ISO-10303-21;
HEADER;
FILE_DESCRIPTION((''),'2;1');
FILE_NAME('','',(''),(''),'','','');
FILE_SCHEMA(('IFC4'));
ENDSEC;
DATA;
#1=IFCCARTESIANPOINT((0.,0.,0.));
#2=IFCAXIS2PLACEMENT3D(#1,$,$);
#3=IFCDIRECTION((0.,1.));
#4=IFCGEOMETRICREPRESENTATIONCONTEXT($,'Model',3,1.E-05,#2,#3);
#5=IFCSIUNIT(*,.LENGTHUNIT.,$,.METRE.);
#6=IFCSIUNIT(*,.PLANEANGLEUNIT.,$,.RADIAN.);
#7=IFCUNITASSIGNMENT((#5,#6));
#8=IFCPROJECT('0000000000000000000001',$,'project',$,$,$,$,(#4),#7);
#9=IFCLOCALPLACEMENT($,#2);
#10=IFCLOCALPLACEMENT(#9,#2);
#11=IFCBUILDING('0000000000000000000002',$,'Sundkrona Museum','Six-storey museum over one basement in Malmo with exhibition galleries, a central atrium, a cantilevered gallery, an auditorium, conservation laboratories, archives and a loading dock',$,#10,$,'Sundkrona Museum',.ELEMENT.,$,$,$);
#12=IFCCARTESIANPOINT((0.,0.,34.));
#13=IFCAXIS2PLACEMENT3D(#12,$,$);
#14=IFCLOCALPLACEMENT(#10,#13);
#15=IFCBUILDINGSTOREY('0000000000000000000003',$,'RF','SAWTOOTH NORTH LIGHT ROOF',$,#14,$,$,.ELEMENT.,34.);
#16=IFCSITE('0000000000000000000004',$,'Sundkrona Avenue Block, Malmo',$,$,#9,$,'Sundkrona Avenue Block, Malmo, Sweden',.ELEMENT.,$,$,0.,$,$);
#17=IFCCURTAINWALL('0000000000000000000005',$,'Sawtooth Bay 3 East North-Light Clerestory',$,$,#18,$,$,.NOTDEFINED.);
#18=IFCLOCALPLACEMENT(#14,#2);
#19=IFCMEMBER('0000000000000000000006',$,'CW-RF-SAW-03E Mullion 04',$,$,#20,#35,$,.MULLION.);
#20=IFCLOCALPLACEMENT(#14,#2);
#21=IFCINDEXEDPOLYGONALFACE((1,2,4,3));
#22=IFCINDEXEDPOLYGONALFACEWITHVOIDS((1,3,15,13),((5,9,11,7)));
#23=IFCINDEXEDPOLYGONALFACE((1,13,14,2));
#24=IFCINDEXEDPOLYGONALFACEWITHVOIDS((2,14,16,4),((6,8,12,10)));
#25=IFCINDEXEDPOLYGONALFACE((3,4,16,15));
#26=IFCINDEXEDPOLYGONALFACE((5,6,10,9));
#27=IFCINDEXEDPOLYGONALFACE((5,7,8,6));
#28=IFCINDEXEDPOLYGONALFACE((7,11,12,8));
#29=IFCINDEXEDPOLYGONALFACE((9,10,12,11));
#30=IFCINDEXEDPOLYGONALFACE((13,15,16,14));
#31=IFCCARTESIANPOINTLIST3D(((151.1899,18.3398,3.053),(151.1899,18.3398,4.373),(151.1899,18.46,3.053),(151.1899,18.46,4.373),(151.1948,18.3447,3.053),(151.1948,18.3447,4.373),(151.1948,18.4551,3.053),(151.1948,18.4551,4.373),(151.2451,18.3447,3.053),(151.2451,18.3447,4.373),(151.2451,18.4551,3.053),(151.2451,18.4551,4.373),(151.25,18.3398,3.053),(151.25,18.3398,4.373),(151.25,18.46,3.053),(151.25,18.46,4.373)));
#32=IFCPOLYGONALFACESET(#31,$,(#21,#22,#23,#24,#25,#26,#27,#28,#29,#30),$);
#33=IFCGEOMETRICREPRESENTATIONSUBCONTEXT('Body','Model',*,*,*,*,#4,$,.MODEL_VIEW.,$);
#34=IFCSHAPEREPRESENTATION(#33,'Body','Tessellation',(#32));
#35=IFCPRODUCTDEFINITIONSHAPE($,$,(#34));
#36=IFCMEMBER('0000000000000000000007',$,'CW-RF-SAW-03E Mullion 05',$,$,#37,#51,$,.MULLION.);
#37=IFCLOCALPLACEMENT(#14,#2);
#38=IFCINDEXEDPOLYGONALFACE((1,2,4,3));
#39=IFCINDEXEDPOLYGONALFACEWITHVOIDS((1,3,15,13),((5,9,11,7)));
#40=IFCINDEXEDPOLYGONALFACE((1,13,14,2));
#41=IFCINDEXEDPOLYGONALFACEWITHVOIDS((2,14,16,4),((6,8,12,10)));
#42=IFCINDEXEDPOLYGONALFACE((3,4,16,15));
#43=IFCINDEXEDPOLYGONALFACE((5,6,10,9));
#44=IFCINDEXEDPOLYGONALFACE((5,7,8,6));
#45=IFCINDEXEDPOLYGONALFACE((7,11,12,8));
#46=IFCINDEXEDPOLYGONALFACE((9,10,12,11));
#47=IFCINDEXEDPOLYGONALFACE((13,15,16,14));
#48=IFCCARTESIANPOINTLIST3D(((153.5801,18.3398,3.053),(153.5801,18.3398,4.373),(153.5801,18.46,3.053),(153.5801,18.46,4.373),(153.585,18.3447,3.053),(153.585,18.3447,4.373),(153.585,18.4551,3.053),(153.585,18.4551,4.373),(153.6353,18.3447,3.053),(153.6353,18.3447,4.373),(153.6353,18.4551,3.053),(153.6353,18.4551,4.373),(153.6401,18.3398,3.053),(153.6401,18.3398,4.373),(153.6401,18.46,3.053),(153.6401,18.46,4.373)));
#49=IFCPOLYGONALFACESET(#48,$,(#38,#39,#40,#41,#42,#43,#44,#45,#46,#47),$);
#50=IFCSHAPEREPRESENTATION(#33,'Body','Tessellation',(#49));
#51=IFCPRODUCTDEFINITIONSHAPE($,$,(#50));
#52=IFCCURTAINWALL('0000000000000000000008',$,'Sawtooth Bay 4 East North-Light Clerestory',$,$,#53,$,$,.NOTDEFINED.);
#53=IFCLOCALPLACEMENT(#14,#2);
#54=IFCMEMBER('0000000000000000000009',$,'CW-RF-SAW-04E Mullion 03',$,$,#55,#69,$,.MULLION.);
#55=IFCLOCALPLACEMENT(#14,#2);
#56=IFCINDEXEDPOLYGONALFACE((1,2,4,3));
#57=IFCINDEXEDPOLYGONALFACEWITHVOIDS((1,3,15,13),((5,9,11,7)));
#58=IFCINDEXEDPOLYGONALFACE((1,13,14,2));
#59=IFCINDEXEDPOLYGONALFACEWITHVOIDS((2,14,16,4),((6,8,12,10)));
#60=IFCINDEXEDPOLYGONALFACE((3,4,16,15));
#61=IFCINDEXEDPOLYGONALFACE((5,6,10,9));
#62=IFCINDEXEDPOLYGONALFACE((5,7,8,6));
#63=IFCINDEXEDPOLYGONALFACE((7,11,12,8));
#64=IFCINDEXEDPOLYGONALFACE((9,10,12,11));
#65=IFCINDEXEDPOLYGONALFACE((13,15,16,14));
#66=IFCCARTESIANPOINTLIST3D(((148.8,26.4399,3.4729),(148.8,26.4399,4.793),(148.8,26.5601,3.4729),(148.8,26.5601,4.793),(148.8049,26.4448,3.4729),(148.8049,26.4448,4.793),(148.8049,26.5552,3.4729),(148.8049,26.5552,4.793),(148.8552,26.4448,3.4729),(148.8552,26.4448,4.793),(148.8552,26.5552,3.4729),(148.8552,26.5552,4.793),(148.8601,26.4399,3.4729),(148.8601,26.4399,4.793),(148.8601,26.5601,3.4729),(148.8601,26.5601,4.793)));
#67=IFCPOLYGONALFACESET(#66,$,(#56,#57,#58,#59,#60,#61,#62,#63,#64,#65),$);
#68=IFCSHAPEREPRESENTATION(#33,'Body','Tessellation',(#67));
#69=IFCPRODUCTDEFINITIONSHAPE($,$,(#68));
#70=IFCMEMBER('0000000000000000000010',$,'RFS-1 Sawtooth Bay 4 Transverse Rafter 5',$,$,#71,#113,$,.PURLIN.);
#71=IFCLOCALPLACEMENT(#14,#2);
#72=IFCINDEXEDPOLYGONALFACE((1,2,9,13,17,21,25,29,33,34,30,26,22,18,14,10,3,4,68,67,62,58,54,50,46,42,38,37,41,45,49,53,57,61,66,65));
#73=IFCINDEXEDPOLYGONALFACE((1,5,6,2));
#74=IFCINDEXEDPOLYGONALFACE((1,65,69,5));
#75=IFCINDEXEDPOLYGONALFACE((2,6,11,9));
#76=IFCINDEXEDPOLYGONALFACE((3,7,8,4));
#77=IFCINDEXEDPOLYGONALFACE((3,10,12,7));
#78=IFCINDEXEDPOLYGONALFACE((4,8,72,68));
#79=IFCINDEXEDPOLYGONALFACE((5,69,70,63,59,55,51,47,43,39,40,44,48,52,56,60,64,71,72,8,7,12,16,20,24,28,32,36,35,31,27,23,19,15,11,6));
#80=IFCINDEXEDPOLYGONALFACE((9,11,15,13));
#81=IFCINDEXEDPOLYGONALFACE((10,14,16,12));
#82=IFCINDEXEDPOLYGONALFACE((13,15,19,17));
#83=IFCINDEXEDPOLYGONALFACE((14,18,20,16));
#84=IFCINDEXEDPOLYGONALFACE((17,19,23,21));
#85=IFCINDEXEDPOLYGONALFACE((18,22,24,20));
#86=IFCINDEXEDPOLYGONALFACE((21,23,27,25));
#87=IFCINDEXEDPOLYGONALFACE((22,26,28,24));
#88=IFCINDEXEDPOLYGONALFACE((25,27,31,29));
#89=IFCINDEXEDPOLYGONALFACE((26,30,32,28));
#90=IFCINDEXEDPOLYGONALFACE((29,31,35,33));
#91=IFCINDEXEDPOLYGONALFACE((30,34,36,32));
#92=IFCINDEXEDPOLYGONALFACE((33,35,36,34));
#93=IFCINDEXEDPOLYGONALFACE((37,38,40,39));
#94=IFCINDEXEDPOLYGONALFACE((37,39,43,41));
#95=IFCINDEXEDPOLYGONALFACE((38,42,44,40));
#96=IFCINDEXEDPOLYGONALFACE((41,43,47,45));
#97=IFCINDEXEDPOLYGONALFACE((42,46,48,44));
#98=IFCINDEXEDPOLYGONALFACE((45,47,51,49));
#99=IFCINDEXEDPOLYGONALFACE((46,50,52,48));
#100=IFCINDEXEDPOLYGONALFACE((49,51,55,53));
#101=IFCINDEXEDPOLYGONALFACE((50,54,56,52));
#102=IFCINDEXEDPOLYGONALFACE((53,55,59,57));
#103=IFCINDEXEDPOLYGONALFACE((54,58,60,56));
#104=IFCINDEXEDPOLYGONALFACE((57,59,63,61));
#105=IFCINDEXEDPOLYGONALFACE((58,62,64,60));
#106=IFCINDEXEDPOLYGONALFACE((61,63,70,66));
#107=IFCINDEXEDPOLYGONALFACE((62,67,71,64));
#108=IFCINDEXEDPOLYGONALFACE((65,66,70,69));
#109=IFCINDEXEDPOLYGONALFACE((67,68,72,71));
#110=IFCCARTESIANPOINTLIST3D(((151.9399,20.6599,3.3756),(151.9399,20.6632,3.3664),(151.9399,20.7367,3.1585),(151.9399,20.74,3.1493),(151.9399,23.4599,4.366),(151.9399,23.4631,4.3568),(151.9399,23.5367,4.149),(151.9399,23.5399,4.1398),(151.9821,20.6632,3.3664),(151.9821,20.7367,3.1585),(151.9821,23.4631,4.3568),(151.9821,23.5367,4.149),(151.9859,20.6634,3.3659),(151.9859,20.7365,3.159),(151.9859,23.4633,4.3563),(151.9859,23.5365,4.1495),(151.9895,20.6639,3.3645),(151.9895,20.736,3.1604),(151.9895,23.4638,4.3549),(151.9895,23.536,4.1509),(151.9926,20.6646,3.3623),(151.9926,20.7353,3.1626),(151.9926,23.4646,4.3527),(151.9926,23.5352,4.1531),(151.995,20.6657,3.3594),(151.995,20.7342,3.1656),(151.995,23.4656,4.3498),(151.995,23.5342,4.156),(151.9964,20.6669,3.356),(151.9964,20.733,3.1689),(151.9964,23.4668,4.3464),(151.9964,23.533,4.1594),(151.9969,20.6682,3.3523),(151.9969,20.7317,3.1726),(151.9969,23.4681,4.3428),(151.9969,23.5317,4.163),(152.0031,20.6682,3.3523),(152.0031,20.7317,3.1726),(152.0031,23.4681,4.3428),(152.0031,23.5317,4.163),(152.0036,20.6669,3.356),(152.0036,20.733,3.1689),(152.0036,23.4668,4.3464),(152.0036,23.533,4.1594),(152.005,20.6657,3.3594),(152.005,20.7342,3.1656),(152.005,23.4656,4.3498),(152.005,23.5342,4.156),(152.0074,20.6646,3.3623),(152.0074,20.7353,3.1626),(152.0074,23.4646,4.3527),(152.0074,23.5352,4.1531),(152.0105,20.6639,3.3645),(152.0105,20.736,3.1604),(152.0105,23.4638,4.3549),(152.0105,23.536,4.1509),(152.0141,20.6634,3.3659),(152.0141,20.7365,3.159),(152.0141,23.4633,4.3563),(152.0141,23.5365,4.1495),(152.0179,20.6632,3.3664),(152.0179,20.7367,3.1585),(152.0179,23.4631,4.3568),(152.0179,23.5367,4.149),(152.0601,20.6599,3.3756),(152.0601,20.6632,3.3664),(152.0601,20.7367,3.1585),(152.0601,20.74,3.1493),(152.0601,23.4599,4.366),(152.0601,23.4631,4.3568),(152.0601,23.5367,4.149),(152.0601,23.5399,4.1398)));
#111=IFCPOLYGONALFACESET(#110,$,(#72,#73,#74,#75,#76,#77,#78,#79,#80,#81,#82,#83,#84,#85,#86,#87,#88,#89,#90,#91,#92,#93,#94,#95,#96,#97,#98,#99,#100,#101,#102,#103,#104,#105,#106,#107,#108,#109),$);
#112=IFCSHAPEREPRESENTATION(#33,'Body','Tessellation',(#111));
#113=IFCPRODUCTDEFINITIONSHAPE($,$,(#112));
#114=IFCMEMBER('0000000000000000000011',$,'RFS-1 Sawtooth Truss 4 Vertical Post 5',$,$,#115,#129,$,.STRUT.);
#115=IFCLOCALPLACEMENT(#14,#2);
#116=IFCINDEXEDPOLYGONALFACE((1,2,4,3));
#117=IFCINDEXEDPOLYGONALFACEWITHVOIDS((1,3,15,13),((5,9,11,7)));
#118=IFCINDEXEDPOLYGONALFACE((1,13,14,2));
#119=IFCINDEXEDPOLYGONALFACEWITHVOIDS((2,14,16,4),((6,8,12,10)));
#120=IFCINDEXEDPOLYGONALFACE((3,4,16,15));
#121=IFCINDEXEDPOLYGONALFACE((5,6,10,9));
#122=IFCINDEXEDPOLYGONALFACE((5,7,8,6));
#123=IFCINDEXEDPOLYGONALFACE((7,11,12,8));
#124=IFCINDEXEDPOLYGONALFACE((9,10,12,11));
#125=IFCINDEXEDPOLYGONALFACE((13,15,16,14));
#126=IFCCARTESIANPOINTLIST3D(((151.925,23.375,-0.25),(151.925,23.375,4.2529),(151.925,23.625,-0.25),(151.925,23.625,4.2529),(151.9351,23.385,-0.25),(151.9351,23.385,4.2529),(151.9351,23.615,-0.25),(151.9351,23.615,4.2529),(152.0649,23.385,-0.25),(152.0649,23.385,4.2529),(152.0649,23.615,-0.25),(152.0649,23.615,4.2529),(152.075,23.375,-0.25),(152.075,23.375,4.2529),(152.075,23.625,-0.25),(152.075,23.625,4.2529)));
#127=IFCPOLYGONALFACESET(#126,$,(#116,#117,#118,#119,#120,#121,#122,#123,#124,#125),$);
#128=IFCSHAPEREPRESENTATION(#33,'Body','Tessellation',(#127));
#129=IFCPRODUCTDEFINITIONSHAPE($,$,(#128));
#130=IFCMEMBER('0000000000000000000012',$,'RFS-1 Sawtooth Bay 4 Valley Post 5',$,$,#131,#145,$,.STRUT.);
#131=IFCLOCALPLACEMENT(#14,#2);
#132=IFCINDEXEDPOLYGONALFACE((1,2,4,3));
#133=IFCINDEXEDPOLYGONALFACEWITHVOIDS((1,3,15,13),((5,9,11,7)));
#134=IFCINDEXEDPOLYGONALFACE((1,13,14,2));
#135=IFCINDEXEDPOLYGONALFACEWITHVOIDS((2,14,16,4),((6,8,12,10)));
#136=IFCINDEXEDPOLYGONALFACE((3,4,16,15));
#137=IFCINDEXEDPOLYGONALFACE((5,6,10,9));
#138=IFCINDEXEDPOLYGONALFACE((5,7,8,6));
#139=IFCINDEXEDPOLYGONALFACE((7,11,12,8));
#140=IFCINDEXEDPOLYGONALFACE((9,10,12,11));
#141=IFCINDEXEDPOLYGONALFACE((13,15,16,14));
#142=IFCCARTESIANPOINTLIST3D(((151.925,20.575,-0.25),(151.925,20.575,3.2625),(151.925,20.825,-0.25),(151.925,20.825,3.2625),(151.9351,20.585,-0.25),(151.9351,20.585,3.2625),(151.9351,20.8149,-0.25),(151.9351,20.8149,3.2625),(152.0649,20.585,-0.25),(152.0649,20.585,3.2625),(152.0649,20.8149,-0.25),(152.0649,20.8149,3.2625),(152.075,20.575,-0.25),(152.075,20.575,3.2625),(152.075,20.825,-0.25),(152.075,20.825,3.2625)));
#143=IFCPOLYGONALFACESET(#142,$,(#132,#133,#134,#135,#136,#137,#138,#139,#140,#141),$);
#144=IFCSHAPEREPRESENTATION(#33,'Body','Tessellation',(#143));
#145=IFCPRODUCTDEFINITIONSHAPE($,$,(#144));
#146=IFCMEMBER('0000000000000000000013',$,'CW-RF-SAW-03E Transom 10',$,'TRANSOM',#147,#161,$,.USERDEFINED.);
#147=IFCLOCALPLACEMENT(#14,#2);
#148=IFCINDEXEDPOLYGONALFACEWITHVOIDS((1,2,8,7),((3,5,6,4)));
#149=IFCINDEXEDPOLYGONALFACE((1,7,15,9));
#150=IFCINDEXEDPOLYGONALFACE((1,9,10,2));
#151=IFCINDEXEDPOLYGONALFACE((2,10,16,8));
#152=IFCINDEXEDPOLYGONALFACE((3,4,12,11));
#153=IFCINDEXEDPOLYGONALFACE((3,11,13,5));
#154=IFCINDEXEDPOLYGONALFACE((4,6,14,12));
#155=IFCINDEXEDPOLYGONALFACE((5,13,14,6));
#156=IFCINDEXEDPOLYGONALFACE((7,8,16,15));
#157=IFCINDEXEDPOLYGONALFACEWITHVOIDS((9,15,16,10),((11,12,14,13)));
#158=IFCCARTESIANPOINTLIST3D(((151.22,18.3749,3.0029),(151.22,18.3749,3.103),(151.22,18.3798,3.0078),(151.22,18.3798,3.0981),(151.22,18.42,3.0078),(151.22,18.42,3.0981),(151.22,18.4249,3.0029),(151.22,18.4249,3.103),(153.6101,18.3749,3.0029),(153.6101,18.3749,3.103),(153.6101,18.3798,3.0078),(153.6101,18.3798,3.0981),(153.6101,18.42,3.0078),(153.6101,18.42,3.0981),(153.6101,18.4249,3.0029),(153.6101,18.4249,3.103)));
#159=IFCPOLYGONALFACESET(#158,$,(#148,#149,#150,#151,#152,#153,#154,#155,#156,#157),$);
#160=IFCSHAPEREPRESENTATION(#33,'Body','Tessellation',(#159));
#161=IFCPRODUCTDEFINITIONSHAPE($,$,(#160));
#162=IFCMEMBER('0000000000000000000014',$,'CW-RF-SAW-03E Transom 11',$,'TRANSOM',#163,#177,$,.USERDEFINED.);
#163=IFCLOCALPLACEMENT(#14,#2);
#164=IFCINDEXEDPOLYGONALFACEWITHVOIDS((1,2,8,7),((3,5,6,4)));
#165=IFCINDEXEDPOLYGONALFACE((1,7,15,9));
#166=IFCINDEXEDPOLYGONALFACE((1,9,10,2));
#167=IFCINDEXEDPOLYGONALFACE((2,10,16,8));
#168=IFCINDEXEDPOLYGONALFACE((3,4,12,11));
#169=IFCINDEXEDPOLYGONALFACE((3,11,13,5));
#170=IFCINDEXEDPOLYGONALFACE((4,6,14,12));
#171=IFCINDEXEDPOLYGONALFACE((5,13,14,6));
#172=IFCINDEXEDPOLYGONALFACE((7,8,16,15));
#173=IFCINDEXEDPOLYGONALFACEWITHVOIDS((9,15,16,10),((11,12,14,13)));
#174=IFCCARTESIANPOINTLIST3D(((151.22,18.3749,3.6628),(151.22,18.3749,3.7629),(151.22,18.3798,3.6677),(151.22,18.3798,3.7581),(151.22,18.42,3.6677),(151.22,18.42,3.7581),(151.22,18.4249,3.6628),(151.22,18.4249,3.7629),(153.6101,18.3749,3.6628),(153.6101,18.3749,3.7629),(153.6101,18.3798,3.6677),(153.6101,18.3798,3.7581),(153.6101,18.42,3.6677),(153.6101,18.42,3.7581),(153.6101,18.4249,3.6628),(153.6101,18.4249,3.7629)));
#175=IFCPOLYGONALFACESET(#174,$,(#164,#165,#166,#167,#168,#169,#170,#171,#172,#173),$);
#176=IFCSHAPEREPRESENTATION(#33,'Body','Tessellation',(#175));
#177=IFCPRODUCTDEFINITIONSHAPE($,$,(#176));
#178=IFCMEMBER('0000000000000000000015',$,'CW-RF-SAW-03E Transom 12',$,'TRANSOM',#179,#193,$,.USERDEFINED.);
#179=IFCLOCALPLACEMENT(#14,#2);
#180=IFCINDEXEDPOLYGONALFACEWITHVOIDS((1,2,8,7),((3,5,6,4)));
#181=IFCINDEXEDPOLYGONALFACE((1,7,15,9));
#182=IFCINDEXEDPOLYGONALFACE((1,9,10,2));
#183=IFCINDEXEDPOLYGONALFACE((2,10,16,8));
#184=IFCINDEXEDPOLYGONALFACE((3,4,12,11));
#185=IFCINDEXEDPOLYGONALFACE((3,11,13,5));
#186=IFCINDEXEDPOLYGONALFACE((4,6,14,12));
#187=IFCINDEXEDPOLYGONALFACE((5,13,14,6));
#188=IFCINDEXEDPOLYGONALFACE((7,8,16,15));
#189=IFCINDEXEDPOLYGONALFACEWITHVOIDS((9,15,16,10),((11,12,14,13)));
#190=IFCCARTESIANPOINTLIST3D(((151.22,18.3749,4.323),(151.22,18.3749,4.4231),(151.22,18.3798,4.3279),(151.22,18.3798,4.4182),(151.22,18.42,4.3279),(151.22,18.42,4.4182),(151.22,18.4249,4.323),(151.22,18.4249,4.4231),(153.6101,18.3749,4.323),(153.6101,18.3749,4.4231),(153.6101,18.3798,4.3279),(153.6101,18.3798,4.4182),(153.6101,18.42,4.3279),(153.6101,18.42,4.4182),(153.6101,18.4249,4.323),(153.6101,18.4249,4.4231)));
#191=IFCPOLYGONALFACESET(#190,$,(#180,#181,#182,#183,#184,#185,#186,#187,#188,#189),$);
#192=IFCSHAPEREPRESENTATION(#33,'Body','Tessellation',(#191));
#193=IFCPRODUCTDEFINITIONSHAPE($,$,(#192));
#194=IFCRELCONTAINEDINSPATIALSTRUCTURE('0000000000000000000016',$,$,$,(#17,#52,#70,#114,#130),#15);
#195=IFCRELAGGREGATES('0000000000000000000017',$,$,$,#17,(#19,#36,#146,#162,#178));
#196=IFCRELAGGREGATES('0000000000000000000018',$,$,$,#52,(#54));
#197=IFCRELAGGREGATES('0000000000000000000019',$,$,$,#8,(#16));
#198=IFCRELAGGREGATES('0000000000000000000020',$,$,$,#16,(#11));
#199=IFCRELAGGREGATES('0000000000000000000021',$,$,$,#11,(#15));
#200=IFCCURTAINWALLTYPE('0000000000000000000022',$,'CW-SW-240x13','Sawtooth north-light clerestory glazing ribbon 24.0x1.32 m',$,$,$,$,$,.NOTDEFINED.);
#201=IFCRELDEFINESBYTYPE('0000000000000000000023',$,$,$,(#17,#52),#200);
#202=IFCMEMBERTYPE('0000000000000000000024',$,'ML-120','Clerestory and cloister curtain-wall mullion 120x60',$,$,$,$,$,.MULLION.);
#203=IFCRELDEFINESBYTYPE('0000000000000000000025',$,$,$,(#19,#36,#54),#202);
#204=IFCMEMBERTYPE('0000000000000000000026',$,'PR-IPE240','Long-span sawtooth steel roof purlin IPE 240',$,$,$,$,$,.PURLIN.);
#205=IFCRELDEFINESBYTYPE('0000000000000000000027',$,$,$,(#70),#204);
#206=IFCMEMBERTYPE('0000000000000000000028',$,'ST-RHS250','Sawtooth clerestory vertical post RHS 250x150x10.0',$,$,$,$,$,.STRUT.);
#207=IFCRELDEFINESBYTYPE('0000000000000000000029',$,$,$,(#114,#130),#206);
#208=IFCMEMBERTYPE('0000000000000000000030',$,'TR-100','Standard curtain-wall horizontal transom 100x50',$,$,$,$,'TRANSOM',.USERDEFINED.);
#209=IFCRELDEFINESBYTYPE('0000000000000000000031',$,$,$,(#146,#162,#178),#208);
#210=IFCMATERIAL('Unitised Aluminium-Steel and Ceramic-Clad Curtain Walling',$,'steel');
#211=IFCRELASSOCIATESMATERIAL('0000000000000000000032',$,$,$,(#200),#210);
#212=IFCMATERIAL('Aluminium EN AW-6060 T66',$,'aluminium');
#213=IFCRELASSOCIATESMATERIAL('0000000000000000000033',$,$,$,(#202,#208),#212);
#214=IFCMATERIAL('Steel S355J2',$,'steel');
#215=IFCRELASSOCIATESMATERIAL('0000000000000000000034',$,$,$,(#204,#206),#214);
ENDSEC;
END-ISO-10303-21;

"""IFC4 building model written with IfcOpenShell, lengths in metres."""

from ifc_helpers import new_model, si_unit, direction, frame, origin, origin_2d, place, context, subcontext, project, spatial, hollow_rectangle, i_section, extrude, material, material_profile, profile_set, type_object, element, aggregate, save


model = new_model("IFC4")

# Units and contexts
model_context = context("Model", 3, precision=1e-05, world=origin(), true_north=direction((0.0, 1.0)))
body_context = subcontext(model_context, "Body", "Model", "MODEL_VIEW")
ifc_project = project(units=[si_unit("LENGTHUNIT", "METRE"), si_unit("PLANEANGLEUNIT", "RADIAN")], contexts=[model_context])

# Site, building, storey
site_placement = place(None, origin())
site = spatial("IfcSite", under=ifc_project, at=site_placement, Name="Sundkrona Avenue Block, Malmo", LongName="Sundkrona Avenue Block, Malmo, Sweden", CompositionType="ELEMENT", RefElevation=0.0)
building_placement = place(site_placement, origin())
building = spatial("IfcBuilding", under=site, at=building_placement, Name="Sundkrona Museum", Description="Six-storey museum over one basement in Malmo with exhibition galleries, a central atrium, a cantilevered gallery, an auditorium, conservation laboratories, archives and a loading dock", LongName="Sundkrona Museum", CompositionType="ELEMENT")
storey_placement = place(building_placement, frame((0.0, 0.0, 34.0)))
storey = spatial("IfcBuildingStorey", under=building, at=storey_placement, Name="RF", Description="SAWTOOTH NORTH LIGHT ROOF", CompositionType="ELEMENT", Elevation=34.0)

# Curtain wall, members
ifc_material_1 = material(Name="Unitised Aluminium-Steel and Ceramic-Clad Curtain Walling", Category="steel")
curtain_wall_type = type_object("IfcCurtainWallType", Name="CW-SW-240x13", Description="Sawtooth north-light clerestory glazing ribbon 24.0x1.32 m", PredefinedType="NOTDEFINED", material=ifc_material_1)
curtain_wall_1_placement = place(storey_placement, origin())
curtain_wall_1 = element("IfcCurtainWall", 1, at=curtain_wall_1_placement, inside=storey, type_object=curtain_wall_type, Name="Sawtooth Bay 3 East North-Light Clerestory", PredefinedType="NOTDEFINED")
ifc_material_2 = material(Name="Aluminium EN AW-6060 T66", Category="aluminium")
ifc_material_profile_1 = material_profile(ifc_material_2, hollow_rectangle(XDim=0.0601, YDim=0.1201, WallThickness=0.0049, at=origin_2d()), Name="RHS 120x60x5.0")
ifc_profile_set_1 = profile_set([ifc_material_profile_1], Name="Aluminium EN AW-6060 T66")
member_type_1 = type_object("IfcMemberType", Name="ML-120", Description="Clerestory and cloister curtain-wall mullion 120x60", PredefinedType="MULLION", material=ifc_profile_set_1)
member_1_placement = place(storey_placement, frame((151.22, 18.3999, 3.053), z_axis=(0.0, 0.0, 1.0), x_axis=(1.0, 0.0, 0.0)))
member_1 = element("IfcMember", 2, at=member_1_placement, type_object=member_type_1, Name="CW-RF-SAW-03E Mullion 04", PredefinedType="MULLION", context=body_context, shape_type="SweptSolid", body=[
    extrude(hollow_rectangle(XDim=0.0601, YDim=0.1201, WallThickness=0.0049, at=origin_2d()), origin(), (0.0, 0.0, 1.0), 1.3201),
])
member_2_placement = place(storey_placement, frame((153.6101, 18.3999, 3.053), z_axis=(0.0, 0.0, 1.0), x_axis=(1.0, 0.0, 0.0)))
member_2 = element("IfcMember", 3, at=member_2_placement, type_object=member_type_1, Name="CW-RF-SAW-03E Mullion 05", PredefinedType="MULLION", context=body_context, shape_type="SweptSolid", body=[
    extrude(hollow_rectangle(XDim=0.0601, YDim=0.1201, WallThickness=0.0049, at=origin_2d()), origin(), (0.0, 0.0, 1.0), 1.3201),
])

# Curtain wall, member
curtain_wall_2_placement = place(storey_placement, origin())
curtain_wall_2 = element("IfcCurtainWall", 4, at=curtain_wall_2_placement, inside=storey, type_object=curtain_wall_type, Name="Sawtooth Bay 4 East North-Light Clerestory", PredefinedType="NOTDEFINED")
member_3_placement = place(storey_placement, frame((148.8301, 26.5, 3.4729), z_axis=(0.0, 0.0, 1.0), x_axis=(1.0, 0.0, 0.0)))
member_3 = element("IfcMember", 5, at=member_3_placement, type_object=member_type_1, Name="CW-RF-SAW-04E Mullion 03", PredefinedType="MULLION", context=body_context, shape_type="SweptSolid", body=[
    extrude(hollow_rectangle(XDim=0.0601, YDim=0.1201, WallThickness=0.0049, at=origin_2d()), origin(), (0.0, 0.0, 1.0), 1.3201),
])

# Members
ifc_material_3 = material(Name="Steel S355J2", Category="steel")
ifc_material_profile_2 = material_profile(ifc_material_3, i_section(OverallWidth=0.1201, OverallDepth=0.24, WebThickness=0.0061, FlangeThickness=0.0098, FilletRadius=0.0149, at=origin_2d()), Name="IPE 240")
ifc_profile_set_2 = profile_set([ifc_material_profile_2], Name="Steel S355J2")
member_type_2 = type_object("IfcMemberType", Name="PR-IPE240", Description="Long-span sawtooth steel roof purlin IPE 240", PredefinedType="PURLIN", material=ifc_profile_set_2)
member_4_placement = place(storey_placement, frame((152.0, 20.7, 3.2625), z_axis=(0.0, 0.942755, 0.333486), x_axis=(-1.0, 0.0, 0.0)))
element("IfcMember", 6, at=member_4_placement, inside=storey, type_object=member_type_2, Name="RFS-1 Sawtooth Bay 4 Transverse Rafter 5", PredefinedType="PURLIN", context=body_context, shape_type="SweptSolid", body=[
    extrude(i_section(OverallWidth=0.1201, OverallDepth=0.24, WebThickness=0.0061, FlangeThickness=0.0098, FilletRadius=0.0149, at=origin_2d()), origin(), (0.0, 0.0, 1.0), 2.97),
])
ifc_material_profile_3 = material_profile(ifc_material_3, hollow_rectangle(XDim=0.1499, YDim=0.25, WallThickness=0.01, at=origin_2d()), Name="RHS 250x150x10.0")
ifc_profile_set_3 = profile_set([ifc_material_profile_3], Name="Steel S355J2")
member_type_3 = type_object("IfcMemberType", Name="ST-RHS250", Description="Sawtooth clerestory vertical post RHS 250x150x10.0", PredefinedType="STRUT", material=ifc_profile_set_3)
member_5_placement = place(storey_placement, frame((152.0, 23.5, -0.25), z_axis=(0.0, 0.0, 1.0), x_axis=(1.0, 0.0, 0.0)))
element("IfcMember", 7, at=member_5_placement, inside=storey, type_object=member_type_3, Name="RFS-1 Sawtooth Truss 4 Vertical Post 5", PredefinedType="STRUT", context=body_context, shape_type="SweptSolid", body=[
    extrude(hollow_rectangle(XDim=0.1499, YDim=0.25, WallThickness=0.01, at=origin_2d()), origin(), (0.0, 0.0, 1.0), 4.5029),
])
member_6_placement = place(storey_placement, frame((152.0, 20.7, -0.25), z_axis=(0.0, 0.0, 1.0), x_axis=(1.0, 0.0, 0.0)))
element("IfcMember", 8, at=member_6_placement, inside=storey, type_object=member_type_3, Name="RFS-1 Sawtooth Bay 4 Valley Post 5", PredefinedType="STRUT", context=body_context, shape_type="SweptSolid", body=[
    extrude(hollow_rectangle(XDim=0.1499, YDim=0.25, WallThickness=0.01, at=origin_2d()), origin(), (0.0, 0.0, 1.0), 3.5125),
])

# Members
ifc_material_profile_4 = material_profile(ifc_material_2, hollow_rectangle(XDim=0.05, YDim=0.1001, WallThickness=0.0049, at=origin_2d()), Name="RHS 100x50x5.0")
ifc_profile_set_4 = profile_set([ifc_material_profile_4], Name="Aluminium EN AW-6060 T66")
member_type_4 = type_object("IfcMemberType", Name="TR-100", Description="Standard curtain-wall horizontal transom 100x50", ElementType="TRANSOM", PredefinedType="USERDEFINED", material=ifc_profile_set_4)
member_7_placement = place(storey_placement, frame((151.22, 18.3999, 3.053), z_axis=(1.0, 0.0, 0.0), x_axis=(0.0, 1.0, 0.0)))
member_7 = element("IfcMember", 9, at=member_7_placement, type_object=member_type_4, Name="CW-RF-SAW-03E Transom 10", ObjectType="TRANSOM", PredefinedType="USERDEFINED", context=body_context, shape_type="SweptSolid", body=[
    extrude(hollow_rectangle(XDim=0.05, YDim=0.1001, WallThickness=0.0049, at=origin_2d()), origin(), (0.0, 0.0, 1.0), 2.3901),
])
member_8_placement = place(storey_placement, frame((151.22, 18.3999, 3.7129), z_axis=(1.0, 0.0, 0.0), x_axis=(0.0, 1.0, 0.0)))
member_8 = element("IfcMember", 10, at=member_8_placement, type_object=member_type_4, Name="CW-RF-SAW-03E Transom 11", ObjectType="TRANSOM", PredefinedType="USERDEFINED", context=body_context, shape_type="SweptSolid", body=[
    extrude(hollow_rectangle(XDim=0.05, YDim=0.1001, WallThickness=0.0049, at=origin_2d()), origin(), (0.0, 0.0, 1.0), 2.3901),
])
member_9_placement = place(storey_placement, frame((151.22, 18.3999, 4.373), z_axis=(1.0, 0.0, 0.0), x_axis=(0.0, 1.0, 0.0)))
member_9 = element("IfcMember", 11, at=member_9_placement, type_object=member_type_4, Name="CW-RF-SAW-03E Transom 12", ObjectType="TRANSOM", PredefinedType="USERDEFINED", context=body_context, shape_type="SweptSolid", body=[
    extrude(hollow_rectangle(XDim=0.05, YDim=0.1001, WallThickness=0.0049, at=origin_2d()), origin(), (0.0, 0.0, 1.0), 2.3901),
])

aggregate(curtain_wall_1, [member_1, member_2, member_7, member_8, member_9])
aggregate(curtain_wall_2, [member_3])

save(model, "model.ifc")
